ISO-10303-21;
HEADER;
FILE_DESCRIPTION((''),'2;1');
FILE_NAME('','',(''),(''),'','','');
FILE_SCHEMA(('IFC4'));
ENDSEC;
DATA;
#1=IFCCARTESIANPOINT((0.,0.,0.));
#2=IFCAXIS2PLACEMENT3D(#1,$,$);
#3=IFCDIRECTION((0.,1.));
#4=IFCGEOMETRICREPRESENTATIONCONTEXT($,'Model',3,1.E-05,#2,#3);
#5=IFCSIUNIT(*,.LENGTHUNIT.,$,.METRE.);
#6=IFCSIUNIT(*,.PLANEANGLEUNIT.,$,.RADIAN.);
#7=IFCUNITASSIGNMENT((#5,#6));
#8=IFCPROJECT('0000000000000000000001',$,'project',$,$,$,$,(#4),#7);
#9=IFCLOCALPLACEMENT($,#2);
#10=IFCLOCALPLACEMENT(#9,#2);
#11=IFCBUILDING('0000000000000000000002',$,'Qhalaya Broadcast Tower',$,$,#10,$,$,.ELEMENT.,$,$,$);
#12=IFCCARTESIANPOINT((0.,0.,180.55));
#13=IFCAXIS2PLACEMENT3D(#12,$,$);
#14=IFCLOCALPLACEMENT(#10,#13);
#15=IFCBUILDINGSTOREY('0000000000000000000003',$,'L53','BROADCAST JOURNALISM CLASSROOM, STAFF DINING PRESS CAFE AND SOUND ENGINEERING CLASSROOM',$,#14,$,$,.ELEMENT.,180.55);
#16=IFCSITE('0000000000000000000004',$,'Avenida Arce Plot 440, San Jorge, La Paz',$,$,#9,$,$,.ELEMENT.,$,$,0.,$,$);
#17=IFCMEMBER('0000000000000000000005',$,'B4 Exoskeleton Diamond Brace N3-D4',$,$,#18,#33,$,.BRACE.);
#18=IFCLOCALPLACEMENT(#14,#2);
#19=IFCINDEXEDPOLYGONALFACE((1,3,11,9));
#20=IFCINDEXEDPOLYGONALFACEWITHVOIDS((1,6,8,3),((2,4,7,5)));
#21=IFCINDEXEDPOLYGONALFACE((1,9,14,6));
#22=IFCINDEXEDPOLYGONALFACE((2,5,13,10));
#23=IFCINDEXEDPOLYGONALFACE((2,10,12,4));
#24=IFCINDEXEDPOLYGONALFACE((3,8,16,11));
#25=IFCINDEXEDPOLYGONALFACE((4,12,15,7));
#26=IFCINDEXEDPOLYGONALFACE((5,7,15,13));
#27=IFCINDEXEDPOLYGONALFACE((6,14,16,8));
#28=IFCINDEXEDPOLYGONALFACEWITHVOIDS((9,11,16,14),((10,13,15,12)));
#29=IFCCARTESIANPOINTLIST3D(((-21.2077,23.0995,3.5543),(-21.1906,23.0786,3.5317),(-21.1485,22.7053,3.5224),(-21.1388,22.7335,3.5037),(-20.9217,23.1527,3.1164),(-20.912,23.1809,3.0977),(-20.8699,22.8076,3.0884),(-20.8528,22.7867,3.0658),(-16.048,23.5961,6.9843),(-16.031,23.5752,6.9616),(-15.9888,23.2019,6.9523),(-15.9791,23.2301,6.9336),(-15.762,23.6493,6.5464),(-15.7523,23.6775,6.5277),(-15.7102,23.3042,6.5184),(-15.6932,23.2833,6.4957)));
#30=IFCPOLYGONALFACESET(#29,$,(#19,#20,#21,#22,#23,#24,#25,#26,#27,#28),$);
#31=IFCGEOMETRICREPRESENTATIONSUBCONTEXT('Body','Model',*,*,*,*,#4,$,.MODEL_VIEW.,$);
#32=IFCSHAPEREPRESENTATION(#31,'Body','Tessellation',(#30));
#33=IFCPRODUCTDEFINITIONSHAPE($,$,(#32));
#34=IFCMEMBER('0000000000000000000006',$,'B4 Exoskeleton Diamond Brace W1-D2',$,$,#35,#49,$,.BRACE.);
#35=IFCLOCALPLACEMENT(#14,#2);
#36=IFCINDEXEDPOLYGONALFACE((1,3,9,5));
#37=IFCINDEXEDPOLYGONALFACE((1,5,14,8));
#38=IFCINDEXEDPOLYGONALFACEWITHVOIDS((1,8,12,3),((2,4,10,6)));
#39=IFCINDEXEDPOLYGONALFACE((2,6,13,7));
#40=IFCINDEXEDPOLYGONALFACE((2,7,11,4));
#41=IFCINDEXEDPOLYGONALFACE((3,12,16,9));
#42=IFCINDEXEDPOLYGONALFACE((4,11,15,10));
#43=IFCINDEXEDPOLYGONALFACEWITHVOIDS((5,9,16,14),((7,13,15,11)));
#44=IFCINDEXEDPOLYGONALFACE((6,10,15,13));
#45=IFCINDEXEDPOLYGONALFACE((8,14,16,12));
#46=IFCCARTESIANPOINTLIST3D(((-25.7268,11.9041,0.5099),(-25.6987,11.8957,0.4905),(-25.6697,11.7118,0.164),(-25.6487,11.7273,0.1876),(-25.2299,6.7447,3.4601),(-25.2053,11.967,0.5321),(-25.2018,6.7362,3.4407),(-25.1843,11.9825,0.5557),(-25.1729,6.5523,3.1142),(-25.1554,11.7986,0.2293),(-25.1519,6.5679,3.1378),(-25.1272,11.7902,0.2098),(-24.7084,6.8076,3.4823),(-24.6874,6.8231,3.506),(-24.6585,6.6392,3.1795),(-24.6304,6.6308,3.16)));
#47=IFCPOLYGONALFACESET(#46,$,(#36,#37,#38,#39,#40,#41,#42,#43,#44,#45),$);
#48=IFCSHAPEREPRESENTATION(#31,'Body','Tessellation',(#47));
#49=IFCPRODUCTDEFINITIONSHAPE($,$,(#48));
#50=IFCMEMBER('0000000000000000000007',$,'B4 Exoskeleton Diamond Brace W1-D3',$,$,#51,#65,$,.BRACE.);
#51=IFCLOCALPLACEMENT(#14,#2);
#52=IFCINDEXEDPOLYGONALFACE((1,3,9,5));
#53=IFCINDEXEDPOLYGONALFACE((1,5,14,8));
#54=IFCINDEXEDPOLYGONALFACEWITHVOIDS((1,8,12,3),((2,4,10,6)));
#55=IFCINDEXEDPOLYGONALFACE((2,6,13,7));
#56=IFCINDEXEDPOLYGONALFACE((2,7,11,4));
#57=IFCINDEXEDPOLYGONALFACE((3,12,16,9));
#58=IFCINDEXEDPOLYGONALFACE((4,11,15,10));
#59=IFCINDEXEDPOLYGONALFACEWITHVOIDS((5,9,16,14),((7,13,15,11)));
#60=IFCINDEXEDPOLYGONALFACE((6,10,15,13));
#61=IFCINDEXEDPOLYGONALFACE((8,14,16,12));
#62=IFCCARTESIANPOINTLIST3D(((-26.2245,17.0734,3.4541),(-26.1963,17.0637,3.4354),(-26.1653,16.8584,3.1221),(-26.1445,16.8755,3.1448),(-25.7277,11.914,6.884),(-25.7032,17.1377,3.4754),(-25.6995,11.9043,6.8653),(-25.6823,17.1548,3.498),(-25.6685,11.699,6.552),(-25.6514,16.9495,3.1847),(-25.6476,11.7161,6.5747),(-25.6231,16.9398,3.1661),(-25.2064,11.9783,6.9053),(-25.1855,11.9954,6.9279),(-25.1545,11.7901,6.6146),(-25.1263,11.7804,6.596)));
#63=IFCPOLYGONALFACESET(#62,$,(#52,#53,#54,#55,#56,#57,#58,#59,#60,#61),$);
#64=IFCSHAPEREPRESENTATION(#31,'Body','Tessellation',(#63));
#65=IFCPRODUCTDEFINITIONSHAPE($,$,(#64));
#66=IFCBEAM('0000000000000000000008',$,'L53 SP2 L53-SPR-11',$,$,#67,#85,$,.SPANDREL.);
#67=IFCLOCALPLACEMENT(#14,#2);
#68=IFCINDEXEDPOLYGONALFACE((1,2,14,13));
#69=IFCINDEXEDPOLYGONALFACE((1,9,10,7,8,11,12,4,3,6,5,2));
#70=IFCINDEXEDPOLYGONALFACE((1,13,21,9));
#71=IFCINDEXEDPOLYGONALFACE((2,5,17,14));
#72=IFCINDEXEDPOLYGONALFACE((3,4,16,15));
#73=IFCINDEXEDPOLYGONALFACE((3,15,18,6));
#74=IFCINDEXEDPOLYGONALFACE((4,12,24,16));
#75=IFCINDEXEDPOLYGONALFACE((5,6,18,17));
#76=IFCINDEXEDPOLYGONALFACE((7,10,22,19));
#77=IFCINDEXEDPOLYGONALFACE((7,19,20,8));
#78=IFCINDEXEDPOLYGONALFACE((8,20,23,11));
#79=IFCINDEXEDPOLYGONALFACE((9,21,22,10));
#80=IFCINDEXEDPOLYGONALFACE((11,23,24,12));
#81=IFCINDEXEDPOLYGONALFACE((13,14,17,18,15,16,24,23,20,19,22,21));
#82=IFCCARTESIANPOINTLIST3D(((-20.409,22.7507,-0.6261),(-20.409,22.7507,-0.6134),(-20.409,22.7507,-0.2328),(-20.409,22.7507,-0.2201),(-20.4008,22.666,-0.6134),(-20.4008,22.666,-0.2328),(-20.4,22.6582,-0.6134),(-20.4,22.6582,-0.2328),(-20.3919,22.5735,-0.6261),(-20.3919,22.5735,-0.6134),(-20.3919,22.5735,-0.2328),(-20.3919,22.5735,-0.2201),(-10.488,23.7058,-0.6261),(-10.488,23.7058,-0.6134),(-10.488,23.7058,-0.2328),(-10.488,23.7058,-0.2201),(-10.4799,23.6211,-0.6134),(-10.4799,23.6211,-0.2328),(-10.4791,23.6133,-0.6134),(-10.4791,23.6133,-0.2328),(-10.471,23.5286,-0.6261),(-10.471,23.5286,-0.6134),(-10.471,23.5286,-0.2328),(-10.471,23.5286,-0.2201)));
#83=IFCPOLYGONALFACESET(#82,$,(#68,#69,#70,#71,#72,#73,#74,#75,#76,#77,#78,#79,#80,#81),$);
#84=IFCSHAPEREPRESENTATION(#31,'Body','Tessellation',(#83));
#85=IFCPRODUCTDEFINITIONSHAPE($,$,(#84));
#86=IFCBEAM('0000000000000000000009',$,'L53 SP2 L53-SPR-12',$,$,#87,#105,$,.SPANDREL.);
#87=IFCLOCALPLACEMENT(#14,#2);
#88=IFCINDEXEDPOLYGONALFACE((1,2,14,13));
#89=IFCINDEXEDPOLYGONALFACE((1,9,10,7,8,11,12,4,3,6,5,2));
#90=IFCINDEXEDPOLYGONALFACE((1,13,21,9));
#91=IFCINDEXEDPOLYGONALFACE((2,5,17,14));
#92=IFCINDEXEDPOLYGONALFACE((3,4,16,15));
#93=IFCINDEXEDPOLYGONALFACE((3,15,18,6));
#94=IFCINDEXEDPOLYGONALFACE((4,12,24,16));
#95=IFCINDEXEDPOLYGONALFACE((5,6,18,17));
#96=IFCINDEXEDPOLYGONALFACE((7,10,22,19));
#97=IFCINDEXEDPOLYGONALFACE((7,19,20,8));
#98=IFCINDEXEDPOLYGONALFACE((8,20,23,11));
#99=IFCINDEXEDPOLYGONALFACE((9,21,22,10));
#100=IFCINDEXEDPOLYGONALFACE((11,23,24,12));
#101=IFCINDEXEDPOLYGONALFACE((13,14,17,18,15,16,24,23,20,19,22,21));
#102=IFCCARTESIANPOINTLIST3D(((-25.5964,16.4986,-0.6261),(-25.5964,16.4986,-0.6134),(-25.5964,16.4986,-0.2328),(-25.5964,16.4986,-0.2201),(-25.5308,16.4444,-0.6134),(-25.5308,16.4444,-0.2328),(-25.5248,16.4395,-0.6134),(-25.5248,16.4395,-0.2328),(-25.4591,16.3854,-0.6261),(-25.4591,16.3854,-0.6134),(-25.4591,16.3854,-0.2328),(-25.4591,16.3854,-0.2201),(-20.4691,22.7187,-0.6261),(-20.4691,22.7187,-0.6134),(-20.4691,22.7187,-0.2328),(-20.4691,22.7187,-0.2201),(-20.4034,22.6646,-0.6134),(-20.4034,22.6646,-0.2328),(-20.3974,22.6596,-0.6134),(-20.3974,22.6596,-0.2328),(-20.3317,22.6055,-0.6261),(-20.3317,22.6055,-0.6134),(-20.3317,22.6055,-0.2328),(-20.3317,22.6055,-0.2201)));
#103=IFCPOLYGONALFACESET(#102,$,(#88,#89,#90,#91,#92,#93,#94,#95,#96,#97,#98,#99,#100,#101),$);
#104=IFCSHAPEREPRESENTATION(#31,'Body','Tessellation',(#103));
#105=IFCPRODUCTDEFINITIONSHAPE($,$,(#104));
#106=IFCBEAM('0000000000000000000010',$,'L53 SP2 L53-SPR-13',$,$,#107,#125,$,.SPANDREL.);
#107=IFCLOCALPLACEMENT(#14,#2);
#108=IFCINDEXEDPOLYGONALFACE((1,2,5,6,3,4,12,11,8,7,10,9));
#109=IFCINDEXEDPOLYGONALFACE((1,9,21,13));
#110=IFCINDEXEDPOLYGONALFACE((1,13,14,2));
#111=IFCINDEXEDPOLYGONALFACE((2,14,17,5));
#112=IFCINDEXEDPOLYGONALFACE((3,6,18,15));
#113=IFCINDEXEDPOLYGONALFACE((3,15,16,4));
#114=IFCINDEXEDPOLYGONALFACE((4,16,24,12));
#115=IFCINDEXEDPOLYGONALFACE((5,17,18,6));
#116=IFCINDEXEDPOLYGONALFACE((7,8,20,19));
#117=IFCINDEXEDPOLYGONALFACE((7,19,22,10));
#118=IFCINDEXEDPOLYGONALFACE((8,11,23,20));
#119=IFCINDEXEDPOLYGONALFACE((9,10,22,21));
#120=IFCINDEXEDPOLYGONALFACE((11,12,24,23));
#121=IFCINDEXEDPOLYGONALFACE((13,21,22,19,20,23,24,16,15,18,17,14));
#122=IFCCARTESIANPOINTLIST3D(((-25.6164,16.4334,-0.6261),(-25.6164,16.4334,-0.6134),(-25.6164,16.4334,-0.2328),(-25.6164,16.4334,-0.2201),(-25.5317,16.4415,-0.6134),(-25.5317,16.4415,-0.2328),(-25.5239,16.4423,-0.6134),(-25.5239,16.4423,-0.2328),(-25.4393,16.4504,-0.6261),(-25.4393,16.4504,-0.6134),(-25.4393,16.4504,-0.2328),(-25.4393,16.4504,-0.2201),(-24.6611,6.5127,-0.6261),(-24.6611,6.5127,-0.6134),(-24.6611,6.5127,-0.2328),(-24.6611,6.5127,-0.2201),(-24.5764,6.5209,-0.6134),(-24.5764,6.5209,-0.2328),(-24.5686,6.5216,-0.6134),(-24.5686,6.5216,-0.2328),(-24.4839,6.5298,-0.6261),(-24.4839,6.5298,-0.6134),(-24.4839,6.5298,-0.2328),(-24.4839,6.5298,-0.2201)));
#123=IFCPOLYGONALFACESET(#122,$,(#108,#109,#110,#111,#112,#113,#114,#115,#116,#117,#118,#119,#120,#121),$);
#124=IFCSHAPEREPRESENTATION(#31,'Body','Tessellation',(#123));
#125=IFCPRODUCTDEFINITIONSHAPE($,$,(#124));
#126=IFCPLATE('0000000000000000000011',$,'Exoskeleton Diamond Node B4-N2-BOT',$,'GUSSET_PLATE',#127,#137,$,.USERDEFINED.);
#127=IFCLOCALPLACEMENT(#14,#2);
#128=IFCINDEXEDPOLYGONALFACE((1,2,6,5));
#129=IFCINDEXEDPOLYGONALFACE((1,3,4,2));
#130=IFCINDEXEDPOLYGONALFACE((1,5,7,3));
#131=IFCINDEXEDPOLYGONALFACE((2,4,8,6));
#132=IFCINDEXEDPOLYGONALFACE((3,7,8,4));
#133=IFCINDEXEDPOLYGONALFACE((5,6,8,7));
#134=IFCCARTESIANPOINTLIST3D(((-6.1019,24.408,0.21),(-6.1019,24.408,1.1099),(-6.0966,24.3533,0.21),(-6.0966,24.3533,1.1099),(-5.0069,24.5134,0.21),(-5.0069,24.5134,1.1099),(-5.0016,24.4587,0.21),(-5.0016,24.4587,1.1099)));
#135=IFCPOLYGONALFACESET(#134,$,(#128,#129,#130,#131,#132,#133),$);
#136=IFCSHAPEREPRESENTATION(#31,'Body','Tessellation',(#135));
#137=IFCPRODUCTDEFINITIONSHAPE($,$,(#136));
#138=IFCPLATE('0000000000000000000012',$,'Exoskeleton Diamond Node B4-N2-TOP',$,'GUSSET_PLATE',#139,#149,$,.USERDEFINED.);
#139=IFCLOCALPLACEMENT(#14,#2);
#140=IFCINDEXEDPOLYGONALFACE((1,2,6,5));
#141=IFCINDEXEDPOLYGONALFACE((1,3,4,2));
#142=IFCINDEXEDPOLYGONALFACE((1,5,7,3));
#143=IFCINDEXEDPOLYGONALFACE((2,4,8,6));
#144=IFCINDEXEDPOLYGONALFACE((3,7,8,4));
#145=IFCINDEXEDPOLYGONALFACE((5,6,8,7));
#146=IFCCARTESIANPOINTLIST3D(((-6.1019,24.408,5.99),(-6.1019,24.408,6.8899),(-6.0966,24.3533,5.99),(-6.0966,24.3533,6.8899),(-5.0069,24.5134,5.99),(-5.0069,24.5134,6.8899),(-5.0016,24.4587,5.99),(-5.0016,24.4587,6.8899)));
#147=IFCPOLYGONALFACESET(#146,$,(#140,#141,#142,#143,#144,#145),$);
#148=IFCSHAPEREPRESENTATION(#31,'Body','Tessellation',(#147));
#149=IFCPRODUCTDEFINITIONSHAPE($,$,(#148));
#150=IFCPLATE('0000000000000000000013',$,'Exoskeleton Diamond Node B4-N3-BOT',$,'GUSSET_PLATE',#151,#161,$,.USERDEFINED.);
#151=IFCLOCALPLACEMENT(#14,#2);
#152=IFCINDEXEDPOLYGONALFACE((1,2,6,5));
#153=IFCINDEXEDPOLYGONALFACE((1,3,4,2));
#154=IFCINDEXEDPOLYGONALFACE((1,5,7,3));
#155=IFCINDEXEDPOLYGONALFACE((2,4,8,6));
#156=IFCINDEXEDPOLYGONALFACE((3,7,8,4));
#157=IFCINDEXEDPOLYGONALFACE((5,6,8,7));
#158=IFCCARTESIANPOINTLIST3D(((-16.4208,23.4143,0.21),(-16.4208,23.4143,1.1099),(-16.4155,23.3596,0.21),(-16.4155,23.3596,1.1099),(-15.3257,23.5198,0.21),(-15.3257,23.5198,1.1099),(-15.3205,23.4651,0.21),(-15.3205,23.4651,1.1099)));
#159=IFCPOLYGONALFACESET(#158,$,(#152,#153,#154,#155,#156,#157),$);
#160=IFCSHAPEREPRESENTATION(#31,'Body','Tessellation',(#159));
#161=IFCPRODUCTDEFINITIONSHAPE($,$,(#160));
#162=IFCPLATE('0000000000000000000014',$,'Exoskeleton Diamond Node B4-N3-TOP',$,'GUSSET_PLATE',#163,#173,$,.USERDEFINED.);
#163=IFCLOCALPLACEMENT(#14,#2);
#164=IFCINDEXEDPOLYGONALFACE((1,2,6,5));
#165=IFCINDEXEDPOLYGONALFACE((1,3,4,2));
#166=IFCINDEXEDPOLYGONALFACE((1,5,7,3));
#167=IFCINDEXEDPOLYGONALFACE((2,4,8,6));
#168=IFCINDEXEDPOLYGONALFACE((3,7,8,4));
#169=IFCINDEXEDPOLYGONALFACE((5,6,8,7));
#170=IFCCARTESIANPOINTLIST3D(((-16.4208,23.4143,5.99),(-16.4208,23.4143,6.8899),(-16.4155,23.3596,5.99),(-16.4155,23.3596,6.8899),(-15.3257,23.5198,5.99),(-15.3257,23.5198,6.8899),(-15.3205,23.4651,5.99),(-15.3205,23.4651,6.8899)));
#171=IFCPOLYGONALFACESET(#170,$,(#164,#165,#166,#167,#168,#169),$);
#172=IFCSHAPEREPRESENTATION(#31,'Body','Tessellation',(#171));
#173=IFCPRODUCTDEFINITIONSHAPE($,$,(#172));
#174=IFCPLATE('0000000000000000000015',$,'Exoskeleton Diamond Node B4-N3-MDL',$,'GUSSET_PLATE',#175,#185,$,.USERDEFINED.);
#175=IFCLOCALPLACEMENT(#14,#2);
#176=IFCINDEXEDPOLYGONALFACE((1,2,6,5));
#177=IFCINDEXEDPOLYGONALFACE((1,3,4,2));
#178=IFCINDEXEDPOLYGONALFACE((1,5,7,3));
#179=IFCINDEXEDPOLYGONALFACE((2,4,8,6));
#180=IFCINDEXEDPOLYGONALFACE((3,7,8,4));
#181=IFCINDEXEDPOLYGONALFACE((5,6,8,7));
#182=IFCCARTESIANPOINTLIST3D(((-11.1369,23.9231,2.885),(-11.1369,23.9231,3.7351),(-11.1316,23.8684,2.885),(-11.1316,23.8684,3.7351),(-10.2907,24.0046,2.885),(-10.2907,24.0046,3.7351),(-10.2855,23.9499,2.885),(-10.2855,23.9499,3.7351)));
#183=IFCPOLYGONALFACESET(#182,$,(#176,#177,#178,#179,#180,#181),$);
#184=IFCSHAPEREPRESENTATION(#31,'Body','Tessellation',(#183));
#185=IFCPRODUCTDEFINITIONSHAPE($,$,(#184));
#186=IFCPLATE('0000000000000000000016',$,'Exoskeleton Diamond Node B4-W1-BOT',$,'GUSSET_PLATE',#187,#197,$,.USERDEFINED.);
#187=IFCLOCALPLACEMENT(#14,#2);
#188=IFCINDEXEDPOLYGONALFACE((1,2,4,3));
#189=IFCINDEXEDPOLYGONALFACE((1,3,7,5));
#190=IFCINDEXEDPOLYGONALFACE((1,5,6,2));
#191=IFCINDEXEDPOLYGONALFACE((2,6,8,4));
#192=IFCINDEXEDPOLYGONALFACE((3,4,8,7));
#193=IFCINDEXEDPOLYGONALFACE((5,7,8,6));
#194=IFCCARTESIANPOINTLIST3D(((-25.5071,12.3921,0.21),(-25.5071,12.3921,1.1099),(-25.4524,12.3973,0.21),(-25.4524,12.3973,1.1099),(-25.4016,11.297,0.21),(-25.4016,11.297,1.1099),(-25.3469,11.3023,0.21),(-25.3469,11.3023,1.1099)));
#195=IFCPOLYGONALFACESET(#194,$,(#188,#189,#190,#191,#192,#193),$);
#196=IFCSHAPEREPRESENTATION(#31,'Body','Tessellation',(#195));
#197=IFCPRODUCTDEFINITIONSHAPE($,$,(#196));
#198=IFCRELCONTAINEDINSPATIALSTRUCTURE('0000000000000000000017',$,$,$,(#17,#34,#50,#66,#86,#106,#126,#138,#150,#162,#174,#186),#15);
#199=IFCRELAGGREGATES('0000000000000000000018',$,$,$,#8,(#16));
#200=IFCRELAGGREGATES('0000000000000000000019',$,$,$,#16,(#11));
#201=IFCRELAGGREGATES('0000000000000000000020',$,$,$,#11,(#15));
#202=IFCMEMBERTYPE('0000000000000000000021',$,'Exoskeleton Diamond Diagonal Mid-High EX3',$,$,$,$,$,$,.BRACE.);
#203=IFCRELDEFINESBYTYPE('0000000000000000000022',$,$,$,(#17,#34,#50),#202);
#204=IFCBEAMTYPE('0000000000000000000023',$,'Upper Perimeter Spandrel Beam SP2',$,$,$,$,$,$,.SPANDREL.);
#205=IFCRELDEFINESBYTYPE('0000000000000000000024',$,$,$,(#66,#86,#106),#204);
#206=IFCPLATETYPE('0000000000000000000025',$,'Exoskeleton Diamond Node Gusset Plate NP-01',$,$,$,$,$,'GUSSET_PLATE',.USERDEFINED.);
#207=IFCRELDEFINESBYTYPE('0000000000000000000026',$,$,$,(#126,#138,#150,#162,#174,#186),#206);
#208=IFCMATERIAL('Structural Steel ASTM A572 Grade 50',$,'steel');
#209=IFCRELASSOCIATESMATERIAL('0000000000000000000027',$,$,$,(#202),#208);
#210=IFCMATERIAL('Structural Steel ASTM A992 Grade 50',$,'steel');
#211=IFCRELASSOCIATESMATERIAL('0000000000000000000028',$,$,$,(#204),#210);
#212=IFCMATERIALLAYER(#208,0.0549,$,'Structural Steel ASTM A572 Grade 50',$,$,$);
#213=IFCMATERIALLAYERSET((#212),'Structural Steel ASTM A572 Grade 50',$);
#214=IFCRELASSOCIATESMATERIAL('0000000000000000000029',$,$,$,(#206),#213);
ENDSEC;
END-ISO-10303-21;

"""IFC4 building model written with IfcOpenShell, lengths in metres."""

from ifc_helpers import new_model, si_unit, direction, frame, origin, origin_2d, place, context, subcontext, project, spatial, rectangle, hollow_rectangle, i_section, extrude, material, layer, layer_set, material_profile, profile_set, type_object, element, save


model = new_model("IFC4")

# Units and contexts
model_context = context("Model", 3, precision=1e-05, world=origin(), true_north=direction((0.0, 1.0)))
body_context = subcontext(model_context, "Body", "Model", "MODEL_VIEW")
ifc_project = project(units=[si_unit("LENGTHUNIT", "METRE"), si_unit("PLANEANGLEUNIT", "RADIAN")], contexts=[model_context])

# Site, building, storey
site_placement = place(None, origin())
site = spatial("IfcSite", under=ifc_project, at=site_placement, Name="Avenida Arce Plot 440, San Jorge, La Paz", CompositionType="ELEMENT", RefElevation=0.0)
building_placement = place(site_placement, origin())
building = spatial("IfcBuilding", under=site, at=building_placement, Name="Qhalaya Broadcast Tower", CompositionType="ELEMENT")
storey_placement = place(building_placement, frame((0.0, 0.0, 180.55)))
storey = spatial("IfcBuildingStorey", under=building, at=storey_placement, Name="L53", Description="BROADCAST JOURNALISM CLASSROOM, STAFF DINING PRESS CAFE AND SOUND ENGINEERING CLASSROOM", CompositionType="ELEMENT", Elevation=180.55)

# Shared definitions
ifc_material_1 = material(Name="Structural Steel ASTM A572 Grade 50", Category="steel")

# Shared definitions
ifc_material_2 = material(Name="Structural Steel ASTM A992 Grade 50", Category="steel")

# Members
ifc_material_profile_1 = material_profile(ifc_material_1, hollow_rectangle(XDim=0.3999, YDim=0.55, WallThickness=0.0249, at=origin_2d()), Name="BOX 400x550x25")
ifc_profile_set_1 = profile_set([ifc_material_profile_1], Name="Structural Steel ASTM A572 Grade 50")
member_type = type_object("IfcMemberType", Name="Exoskeleton Diamond Diagonal Mid-High EX3", PredefinedType="BRACE", material=ifc_profile_set_1)
member_1_placement = place(storey_placement, frame((-21.0303, 22.9431, 3.3101), z_axis=(0.830121, 0.079893, 0.55183), x_axis=(-0.148007, 0.985751, 0.079931)))
element("IfcMember", 1, at=member_1_placement, inside=storey, type_object=member_type, Name="B4 Exoskeleton Diamond Brace N3-D4", PredefinedType="BRACE", context=body_context, shape_type="SweptSolid", body=[
    extrude(hollow_rectangle(XDim=0.3999, YDim=0.55, WallThickness=0.0249, at=origin_2d()), origin(), (0.0, 0.0, 1.0), 6.2156),
])
member_2_placement = place(storey_placement, frame((-25.427, 11.8472, 0.3599), z_axis=(0.083303, -0.865084, 0.494661), x_axis=(-0.1426, 0.48093, 0.865085)))
element("IfcMember", 2, at=member_2_placement, inside=storey, type_object=member_type, Name="B4 Exoskeleton Diamond Brace W1-D2", PredefinedType="BRACE", context=body_context, shape_type="SweptSolid", body=[
    extrude(hollow_rectangle(XDim=0.3999, YDim=0.55, WallThickness=0.0249, at=origin_2d()), origin(), (0.0, 0.0, 1.0), 5.9641),
])
member_3_placement = place(storey_placement, frame((-25.9238, 17.0066, 3.3101), z_axis=(0.079935, -0.830106, 0.551846), x_axis=(-0.148056, 0.537589, 0.830107)))
element("IfcMember", 3, at=member_3_placement, inside=storey, type_object=member_type, Name="B4 Exoskeleton Diamond Brace W1-D3", PredefinedType="BRACE", context=body_context, shape_type="SweptSolid", body=[
    extrude(hollow_rectangle(XDim=0.3999, YDim=0.55, WallThickness=0.0249, at=origin_2d()), origin(), (0.0, 0.0, 1.0), 6.2153),
])

# Beams
ifc_material_profile_2 = material_profile(ifc_material_2, i_section(OverallWidth=0.178, OverallDepth=0.406, WebThickness=0.0078, FlangeThickness=0.0127, at=origin_2d()), Name="W16X40")
ifc_profile_set_2 = profile_set([ifc_material_profile_2], Name="Structural Steel ASTM A992 Grade 50")
beam_type_1 = type_object("IfcBeamType", Name="Upper Perimeter Spandrel Beam SP2", PredefinedType="SPANDREL", material=ifc_profile_set_2)
beam_1_placement = place(storey_placement, frame((-10.4795, 23.6172, -0.4231), z_axis=(-0.995398, -0.095826, 0.0), x_axis=(0.095826, -0.995398, 0.0)))
element("IfcBeam", 4, at=beam_1_placement, inside=storey, type_object=beam_type_1, Name="L53 SP2 L53-SPR-11", PredefinedType="SPANDREL", context=body_context, shape_type="SweptSolid", body=[
    extrude(i_section(OverallWidth=0.178, OverallDepth=0.406, WebThickness=0.0078, FlangeThickness=0.0127, at=origin_2d()), origin(), (0.0, 0.0, 1.0), 9.9668),
])
beam_2_placement = place(storey_placement, frame((-20.4004, 22.6621, -0.4231), z_axis=(-0.63607, -0.771631, 0.0), x_axis=(0.771631, -0.63607, 0.0)))
element("IfcBeam", 5, at=beam_2_placement, inside=storey, type_object=beam_type_1, Name="L53 SP2 L53-SPR-12", PredefinedType="SPANDREL", context=body_context, shape_type="SweptSolid", body=[
    extrude(i_section(OverallWidth=0.178, OverallDepth=0.406, WebThickness=0.0078, FlangeThickness=0.0127, at=origin_2d()), origin(), (0.0, 0.0, 1.0), 8.061),
])
beam_3_placement = place(storey_placement, frame((-25.5278, 16.4419, -0.4231), z_axis=(0.095853, -0.995396, 0.0), x_axis=(0.995396, 0.095853, 0.0)))
element("IfcBeam", 6, at=beam_3_placement, inside=storey, type_object=beam_type_1, Name="L53 SP2 L53-SPR-13", PredefinedType="SPANDREL", context=body_context, shape_type="SweptSolid", body=[
    extrude(i_section(OverallWidth=0.178, OverallDepth=0.406, WebThickness=0.0078, FlangeThickness=0.0127, at=origin_2d()), origin(), (0.0, 0.0, 1.0), 9.9666),
])

# Plates
ifc_layer_1 = layer(ifc_material_1, 0.0549, Name="Structural Steel ASTM A572 Grade 50")
ifc_layer_set_1 = layer_set([ifc_layer_1], Name="Structural Steel ASTM A572 Grade 50")
plate_type_1 = type_object("IfcPlateType", Name="Exoskeleton Diamond Node Gusset Plate NP-01", ElementType="GUSSET_PLATE", PredefinedType="USERDEFINED", material=ifc_layer_set_1)
for number, where, z_axis, x_axis, name in (
    (7, (-5.5518, 24.4333, 0.21), (0.0, 0.0, 1.0), (0.995396, 0.095846, 0.0), "Exoskeleton Diamond Node B4-N2-BOT"),
    (8, (-5.5518, 24.4333, 5.99), (0.0, 0.0, 1.0), (0.995396, 0.095846, 0.0), "Exoskeleton Diamond Node B4-N2-TOP"),
    (9, (-15.8706, 23.4397, 0.21), (0.0, 0.0, 1.0), (0.995396, 0.095846, 0.0), "Exoskeleton Diamond Node B4-N3-BOT"),
    (10, (-15.8706, 23.4397, 5.99), (0.0, 0.0, 1.0), (0.995396, 0.095846, 0.0), "Exoskeleton Diamond Node B4-N3-TOP"),
):
    element("IfcPlate", number, at=place(storey_placement, frame(where, z_axis=z_axis, x_axis=x_axis)), inside=storey, type_object=plate_type_1, Name=name, ObjectType="GUSSET_PLATE", PredefinedType="USERDEFINED", context=body_context, shape_type="SweptSolid", body=[
        extrude(rectangle(XDim=1.1001, YDim=0.0549, at=origin_2d()), origin(), (0.0, 0.0, 1.0), 0.8999),
    ])
plate_1_placement = place(storey_placement, frame((-10.7112, 23.9365, 2.885), z_axis=(0.0, 0.0, 1.0), x_axis=(0.995396, 0.095846, 0.0)))
element("IfcPlate", 11, at=plate_1_placement, inside=storey, type_object=plate_type_1, Name="Exoskeleton Diamond Node B4-N3-MDL", ObjectType="GUSSET_PLATE", PredefinedType="USERDEFINED", context=body_context, shape_type="SweptSolid", body=[
    extrude(rectangle(XDim=0.8501, YDim=0.0549, at=origin_2d()), origin(), (0.0, 0.0, 1.0), 0.8501),
])
for number, where, z_axis, x_axis, name in (
    (12, (-25.427, 11.8472, 0.21), (0.0, 0.0, 1.0), (-0.095846, 0.995396, 0.0), "Exoskeleton Diamond Node B4-W1-BOT"),
):
    element("IfcPlate", number, at=place(storey_placement, frame(where, z_axis=z_axis, x_axis=x_axis)), inside=storey, type_object=plate_type_1, Name=name, ObjectType="GUSSET_PLATE", PredefinedType="USERDEFINED", context=body_context, shape_type="SweptSolid", body=[
        extrude(rectangle(XDim=1.1001, YDim=0.0549, at=origin_2d()), origin(), (0.0, 0.0, 1.0), 0.8999),
    ])

save(model, "model.ifc")
